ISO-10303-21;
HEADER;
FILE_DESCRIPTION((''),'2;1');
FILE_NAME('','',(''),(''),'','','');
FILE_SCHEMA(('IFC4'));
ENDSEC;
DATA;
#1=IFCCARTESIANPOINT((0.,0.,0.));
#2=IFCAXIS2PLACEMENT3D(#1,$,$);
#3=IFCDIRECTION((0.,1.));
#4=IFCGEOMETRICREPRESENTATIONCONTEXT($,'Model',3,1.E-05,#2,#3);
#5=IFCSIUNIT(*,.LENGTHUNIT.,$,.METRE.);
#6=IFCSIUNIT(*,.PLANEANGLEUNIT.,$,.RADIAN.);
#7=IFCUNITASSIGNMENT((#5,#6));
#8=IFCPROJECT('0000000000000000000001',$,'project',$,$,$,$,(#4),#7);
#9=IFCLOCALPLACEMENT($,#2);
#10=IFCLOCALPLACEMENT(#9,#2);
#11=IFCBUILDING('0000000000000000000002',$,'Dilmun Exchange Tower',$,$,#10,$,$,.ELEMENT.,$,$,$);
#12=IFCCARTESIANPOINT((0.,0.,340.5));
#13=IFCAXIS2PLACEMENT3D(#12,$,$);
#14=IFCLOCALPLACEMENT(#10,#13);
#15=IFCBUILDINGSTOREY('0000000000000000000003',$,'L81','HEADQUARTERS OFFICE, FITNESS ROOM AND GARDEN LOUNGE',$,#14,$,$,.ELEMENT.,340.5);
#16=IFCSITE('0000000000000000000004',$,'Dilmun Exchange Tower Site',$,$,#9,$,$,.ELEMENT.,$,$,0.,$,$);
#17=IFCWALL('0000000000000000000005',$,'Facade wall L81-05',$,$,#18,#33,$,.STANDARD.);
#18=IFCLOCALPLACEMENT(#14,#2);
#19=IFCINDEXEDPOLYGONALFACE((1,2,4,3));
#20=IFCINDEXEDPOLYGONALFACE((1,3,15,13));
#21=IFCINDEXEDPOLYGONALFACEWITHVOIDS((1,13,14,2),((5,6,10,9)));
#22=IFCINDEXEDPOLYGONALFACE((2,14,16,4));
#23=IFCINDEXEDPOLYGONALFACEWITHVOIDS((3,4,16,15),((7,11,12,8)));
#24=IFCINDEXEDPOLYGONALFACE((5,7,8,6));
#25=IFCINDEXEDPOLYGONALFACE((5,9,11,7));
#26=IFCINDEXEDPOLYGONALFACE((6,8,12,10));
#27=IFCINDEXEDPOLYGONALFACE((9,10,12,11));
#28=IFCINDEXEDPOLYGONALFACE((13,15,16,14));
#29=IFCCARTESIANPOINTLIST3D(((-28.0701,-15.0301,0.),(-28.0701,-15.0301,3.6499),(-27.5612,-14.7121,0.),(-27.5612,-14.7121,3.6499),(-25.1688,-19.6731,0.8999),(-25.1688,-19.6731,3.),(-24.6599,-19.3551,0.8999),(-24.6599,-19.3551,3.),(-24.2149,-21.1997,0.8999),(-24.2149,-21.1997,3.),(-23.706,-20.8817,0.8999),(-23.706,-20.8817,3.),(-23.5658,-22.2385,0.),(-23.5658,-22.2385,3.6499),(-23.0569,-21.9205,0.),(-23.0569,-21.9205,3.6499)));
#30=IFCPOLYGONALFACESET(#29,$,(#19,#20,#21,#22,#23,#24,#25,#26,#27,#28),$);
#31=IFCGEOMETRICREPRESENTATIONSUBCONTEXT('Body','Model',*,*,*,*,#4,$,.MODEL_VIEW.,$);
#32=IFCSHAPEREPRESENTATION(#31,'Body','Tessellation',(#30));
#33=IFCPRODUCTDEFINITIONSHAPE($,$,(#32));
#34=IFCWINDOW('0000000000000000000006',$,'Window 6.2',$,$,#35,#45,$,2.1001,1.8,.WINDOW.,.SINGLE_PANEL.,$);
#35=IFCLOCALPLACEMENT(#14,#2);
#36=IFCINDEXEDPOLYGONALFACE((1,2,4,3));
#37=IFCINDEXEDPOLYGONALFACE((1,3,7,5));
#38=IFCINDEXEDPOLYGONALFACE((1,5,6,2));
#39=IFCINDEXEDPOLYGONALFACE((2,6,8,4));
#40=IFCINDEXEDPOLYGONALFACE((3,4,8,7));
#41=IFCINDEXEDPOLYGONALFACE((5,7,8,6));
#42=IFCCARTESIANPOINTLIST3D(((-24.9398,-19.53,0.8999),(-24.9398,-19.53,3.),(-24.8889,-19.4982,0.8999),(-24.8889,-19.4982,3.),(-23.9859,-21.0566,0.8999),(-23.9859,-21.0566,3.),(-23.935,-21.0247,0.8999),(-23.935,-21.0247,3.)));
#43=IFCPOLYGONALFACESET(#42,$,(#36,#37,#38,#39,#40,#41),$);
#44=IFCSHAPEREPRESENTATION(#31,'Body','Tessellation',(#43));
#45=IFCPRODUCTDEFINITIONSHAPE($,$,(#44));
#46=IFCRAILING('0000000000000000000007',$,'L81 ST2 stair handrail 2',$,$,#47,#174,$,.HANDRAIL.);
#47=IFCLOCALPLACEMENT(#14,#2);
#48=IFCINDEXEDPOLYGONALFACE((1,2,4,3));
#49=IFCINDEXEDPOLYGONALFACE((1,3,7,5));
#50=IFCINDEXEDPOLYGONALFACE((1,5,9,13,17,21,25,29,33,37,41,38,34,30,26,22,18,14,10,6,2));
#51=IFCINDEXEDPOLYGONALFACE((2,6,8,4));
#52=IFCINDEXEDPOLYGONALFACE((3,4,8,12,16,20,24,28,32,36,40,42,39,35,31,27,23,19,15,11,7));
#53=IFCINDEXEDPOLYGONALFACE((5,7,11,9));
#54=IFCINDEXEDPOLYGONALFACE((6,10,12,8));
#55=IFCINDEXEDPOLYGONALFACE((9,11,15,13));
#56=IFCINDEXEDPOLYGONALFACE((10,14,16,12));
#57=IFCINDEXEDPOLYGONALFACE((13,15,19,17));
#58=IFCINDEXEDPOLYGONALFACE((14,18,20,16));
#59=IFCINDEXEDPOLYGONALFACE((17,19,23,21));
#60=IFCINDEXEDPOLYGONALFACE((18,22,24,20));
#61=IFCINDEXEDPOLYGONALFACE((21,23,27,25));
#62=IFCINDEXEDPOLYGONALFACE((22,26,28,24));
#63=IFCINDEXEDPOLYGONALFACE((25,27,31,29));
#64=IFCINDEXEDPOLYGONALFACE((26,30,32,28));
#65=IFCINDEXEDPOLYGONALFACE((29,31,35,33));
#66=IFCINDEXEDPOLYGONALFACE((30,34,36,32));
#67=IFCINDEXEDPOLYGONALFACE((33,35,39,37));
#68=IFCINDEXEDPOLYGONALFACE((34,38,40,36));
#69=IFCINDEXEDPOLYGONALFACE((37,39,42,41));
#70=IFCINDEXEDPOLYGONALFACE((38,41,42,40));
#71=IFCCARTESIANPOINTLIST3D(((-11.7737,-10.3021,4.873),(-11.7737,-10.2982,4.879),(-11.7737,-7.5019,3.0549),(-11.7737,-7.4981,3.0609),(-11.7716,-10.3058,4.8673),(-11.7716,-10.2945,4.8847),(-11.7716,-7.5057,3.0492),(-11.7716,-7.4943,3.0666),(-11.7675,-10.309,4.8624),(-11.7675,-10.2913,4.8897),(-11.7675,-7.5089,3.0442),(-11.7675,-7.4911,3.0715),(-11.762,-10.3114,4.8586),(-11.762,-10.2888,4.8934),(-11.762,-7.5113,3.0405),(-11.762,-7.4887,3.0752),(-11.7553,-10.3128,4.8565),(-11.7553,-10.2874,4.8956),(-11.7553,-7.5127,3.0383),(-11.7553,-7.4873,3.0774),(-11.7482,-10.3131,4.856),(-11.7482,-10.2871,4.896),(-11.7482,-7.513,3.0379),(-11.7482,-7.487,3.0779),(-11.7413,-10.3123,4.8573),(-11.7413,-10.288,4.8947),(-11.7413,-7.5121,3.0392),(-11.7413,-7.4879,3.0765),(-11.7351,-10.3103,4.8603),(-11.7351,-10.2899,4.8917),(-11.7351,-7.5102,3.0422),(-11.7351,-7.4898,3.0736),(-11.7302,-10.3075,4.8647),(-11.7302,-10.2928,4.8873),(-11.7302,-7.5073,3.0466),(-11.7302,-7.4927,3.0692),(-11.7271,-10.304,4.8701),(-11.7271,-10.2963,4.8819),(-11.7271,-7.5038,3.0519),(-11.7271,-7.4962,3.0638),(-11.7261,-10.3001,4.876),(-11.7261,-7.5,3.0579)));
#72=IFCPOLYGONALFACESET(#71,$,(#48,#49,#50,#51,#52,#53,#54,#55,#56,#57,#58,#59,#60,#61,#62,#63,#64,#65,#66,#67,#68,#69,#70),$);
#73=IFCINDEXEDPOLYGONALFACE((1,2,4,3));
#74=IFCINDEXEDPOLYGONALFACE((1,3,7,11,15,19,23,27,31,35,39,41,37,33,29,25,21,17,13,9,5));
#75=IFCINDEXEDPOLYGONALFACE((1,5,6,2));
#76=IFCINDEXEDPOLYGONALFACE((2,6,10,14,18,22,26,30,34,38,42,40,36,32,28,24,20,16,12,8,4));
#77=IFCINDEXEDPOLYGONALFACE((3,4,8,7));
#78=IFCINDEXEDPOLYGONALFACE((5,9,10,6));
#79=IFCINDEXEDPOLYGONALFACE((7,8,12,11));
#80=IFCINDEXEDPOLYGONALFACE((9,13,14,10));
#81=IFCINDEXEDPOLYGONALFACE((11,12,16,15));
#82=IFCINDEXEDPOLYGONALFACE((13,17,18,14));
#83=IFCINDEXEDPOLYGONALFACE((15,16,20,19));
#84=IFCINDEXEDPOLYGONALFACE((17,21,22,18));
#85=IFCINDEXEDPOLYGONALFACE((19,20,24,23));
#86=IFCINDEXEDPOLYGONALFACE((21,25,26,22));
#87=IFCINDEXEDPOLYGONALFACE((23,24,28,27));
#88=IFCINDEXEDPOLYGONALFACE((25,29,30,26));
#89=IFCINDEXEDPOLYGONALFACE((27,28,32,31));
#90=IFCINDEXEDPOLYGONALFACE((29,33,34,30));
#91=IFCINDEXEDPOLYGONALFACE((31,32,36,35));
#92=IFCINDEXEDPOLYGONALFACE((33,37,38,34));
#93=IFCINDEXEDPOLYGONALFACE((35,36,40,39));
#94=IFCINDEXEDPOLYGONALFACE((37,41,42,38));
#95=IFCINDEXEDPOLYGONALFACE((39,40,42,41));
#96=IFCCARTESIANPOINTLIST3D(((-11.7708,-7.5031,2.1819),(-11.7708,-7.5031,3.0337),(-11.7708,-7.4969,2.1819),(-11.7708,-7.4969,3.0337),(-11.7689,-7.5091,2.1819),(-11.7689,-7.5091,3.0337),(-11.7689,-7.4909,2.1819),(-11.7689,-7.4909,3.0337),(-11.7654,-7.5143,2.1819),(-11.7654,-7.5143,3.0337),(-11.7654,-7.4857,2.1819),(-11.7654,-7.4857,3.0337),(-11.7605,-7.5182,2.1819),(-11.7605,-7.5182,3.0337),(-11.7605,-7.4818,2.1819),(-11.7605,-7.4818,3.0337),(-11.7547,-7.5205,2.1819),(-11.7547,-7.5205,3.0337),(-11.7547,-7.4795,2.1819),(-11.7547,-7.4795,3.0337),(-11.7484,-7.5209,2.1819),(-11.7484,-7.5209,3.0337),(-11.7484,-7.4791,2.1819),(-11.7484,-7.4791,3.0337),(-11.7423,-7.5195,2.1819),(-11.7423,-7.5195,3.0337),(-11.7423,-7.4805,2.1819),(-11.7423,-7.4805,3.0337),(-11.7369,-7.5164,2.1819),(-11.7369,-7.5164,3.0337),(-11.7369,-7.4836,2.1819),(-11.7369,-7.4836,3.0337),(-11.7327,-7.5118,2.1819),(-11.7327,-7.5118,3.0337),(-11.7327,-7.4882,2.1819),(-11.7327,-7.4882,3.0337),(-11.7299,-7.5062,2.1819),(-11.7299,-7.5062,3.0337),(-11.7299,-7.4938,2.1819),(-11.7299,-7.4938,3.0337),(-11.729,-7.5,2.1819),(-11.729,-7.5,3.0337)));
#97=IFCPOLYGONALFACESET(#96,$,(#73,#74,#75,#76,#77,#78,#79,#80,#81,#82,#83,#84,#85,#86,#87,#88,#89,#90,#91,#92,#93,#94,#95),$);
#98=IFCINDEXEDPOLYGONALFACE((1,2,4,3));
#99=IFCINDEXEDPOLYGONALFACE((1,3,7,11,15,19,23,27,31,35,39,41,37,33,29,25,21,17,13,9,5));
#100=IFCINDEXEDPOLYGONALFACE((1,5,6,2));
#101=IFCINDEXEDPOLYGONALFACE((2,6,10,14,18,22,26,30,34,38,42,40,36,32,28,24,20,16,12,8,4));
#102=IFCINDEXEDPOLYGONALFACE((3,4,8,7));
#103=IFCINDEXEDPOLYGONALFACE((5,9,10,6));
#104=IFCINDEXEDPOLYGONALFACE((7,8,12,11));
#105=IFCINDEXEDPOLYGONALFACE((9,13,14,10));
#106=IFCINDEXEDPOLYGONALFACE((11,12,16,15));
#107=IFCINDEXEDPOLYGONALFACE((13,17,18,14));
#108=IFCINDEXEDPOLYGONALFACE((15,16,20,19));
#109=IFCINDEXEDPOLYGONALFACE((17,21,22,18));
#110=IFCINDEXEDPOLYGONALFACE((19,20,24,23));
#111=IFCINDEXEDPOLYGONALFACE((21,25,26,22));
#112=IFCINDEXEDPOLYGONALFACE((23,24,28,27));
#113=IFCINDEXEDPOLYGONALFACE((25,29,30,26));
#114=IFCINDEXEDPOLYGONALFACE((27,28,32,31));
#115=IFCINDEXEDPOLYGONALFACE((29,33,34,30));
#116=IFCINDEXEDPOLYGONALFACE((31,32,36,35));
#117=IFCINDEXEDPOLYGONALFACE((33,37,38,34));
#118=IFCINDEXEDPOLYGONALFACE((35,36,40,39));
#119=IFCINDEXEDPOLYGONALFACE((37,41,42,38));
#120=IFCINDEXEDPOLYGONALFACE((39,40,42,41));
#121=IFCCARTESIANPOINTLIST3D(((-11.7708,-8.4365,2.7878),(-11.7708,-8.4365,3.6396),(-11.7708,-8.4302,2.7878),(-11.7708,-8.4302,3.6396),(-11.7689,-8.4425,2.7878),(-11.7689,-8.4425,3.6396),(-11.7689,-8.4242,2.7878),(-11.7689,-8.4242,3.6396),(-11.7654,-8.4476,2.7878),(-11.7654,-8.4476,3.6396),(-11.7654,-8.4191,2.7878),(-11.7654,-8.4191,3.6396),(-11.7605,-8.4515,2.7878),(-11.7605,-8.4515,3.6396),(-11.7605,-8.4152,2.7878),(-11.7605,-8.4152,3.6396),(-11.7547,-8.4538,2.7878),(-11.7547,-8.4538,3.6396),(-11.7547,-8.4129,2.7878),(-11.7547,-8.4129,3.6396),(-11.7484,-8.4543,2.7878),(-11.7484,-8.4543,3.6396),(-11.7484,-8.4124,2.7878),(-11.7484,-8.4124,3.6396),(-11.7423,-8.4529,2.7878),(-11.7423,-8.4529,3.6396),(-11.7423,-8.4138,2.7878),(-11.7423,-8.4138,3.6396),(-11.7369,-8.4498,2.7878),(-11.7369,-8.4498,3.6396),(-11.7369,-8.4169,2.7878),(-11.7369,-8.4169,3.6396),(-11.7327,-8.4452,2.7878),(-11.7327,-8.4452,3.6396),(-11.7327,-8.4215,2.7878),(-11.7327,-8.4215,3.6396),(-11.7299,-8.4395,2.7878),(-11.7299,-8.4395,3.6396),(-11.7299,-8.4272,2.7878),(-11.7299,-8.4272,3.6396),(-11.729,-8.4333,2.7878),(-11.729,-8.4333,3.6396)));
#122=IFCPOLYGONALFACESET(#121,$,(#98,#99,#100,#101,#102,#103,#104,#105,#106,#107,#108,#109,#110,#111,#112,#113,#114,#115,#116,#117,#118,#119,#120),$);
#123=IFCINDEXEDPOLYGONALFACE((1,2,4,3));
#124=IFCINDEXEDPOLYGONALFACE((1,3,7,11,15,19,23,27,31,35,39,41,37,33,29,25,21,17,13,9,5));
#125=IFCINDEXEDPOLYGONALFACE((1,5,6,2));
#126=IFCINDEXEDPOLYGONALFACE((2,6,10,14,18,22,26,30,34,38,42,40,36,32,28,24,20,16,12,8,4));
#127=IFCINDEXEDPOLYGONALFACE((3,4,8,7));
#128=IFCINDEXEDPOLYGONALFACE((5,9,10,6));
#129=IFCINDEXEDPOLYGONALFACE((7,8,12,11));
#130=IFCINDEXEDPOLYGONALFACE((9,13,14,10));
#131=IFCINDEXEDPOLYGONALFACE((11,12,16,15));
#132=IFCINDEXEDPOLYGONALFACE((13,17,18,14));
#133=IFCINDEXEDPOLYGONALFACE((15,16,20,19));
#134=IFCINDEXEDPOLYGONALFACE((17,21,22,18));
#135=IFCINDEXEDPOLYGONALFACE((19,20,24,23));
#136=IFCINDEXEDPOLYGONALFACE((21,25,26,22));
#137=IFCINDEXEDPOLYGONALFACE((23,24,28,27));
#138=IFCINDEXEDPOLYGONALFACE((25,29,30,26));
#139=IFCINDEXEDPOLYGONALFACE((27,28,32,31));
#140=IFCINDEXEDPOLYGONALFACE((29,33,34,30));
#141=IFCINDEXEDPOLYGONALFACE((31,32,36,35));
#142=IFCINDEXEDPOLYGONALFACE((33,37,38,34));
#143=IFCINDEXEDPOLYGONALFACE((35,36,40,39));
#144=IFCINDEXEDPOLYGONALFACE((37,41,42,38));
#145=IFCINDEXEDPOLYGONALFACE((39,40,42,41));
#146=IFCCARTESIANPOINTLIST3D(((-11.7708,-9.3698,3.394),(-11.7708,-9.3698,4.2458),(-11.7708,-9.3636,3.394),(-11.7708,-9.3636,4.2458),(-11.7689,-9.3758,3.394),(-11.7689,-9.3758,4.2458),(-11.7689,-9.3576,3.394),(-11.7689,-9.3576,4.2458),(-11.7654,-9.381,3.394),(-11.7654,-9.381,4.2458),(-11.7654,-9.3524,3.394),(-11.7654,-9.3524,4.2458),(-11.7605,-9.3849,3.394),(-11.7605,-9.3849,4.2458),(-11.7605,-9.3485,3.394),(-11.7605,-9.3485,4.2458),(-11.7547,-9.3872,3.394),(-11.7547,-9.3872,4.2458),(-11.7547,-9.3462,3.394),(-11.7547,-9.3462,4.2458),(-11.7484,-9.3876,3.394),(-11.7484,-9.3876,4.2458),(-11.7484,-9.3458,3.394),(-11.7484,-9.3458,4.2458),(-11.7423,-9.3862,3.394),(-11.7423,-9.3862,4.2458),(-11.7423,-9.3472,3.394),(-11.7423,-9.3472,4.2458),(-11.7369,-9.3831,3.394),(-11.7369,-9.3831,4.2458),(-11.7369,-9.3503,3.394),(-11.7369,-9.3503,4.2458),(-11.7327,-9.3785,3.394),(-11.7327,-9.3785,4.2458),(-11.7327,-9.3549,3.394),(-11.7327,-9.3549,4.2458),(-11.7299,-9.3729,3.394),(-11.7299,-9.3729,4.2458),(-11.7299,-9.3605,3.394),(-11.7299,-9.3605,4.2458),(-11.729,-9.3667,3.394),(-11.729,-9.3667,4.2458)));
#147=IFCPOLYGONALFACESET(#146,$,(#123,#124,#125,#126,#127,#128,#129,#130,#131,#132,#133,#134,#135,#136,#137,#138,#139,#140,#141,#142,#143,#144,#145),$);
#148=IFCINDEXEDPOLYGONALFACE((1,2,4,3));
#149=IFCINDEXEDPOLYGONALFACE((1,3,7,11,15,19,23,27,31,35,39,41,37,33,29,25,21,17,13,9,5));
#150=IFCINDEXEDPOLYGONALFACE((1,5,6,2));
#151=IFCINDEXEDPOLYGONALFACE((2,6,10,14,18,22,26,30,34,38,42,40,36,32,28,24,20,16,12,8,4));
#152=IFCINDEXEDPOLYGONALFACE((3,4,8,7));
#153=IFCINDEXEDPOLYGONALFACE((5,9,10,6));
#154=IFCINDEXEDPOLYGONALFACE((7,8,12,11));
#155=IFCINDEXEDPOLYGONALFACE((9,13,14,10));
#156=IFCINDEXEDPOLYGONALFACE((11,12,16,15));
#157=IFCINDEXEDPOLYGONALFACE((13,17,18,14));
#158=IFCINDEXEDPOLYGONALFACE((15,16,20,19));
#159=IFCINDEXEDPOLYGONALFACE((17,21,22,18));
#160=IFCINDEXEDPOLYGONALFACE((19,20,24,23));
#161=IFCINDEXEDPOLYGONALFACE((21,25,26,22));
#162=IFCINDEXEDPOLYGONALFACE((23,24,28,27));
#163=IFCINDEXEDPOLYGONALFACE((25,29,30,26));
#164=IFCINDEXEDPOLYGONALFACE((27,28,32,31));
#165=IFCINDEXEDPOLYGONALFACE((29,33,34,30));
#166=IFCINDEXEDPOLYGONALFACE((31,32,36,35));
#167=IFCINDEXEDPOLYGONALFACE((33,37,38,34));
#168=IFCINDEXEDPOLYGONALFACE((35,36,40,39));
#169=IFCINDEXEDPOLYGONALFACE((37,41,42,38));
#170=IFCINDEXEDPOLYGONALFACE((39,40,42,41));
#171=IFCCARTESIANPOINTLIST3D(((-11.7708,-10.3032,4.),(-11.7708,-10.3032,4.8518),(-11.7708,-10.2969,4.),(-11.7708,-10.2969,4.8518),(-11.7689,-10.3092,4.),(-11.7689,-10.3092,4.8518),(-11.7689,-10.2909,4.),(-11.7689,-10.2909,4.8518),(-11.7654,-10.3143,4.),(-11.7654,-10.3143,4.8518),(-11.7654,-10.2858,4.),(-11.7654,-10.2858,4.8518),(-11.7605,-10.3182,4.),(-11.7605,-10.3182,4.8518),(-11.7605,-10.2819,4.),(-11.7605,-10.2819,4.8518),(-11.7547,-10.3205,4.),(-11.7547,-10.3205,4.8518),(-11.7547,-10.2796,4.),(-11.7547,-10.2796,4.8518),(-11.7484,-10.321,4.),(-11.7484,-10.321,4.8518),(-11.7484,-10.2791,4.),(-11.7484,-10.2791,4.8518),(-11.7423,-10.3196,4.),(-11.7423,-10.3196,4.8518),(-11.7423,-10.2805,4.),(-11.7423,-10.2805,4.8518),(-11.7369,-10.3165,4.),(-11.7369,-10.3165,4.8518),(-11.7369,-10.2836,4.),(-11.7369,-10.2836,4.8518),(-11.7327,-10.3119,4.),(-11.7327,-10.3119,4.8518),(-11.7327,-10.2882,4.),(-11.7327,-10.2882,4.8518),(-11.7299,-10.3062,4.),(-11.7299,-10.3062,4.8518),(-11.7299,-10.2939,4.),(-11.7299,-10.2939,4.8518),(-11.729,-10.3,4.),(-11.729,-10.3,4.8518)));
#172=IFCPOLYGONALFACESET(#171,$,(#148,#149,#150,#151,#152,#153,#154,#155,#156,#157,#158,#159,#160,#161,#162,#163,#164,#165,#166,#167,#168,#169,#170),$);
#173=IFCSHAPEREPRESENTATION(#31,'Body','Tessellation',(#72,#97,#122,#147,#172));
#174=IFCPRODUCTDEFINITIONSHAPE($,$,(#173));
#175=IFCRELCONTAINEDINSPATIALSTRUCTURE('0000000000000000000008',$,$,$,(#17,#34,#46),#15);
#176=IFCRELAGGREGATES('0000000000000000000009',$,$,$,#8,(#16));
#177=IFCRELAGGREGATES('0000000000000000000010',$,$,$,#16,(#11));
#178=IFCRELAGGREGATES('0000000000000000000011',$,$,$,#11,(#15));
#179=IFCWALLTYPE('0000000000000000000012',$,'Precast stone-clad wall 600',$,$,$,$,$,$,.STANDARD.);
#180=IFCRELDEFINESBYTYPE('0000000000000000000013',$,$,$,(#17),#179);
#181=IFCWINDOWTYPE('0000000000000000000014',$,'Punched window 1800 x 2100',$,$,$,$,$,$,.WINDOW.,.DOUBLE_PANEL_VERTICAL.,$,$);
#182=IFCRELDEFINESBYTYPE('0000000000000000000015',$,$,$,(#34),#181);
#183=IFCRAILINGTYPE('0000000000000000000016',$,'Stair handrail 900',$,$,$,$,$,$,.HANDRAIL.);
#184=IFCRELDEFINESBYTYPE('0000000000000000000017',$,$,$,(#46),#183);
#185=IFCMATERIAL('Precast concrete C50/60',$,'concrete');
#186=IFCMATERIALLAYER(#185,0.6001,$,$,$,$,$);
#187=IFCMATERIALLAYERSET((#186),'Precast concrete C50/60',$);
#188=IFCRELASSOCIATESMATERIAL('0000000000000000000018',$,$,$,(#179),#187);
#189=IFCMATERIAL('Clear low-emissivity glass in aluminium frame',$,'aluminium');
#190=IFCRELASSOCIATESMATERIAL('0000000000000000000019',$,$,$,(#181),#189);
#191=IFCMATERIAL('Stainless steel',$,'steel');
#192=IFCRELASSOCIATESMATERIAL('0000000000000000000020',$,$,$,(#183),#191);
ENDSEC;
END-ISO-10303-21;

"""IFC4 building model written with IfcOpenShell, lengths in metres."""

from ifc_helpers import new_model, si_unit, direction, frame, frame_2d, origin, origin_2d, place, context, subcontext, project, spatial, rectangle, circle, extrude, material, layer, layer_set, type_object, element, fill, save


model = new_model("IFC4")

# Units and contexts
model_context = context("Model", 3, precision=1e-05, world=origin(), true_north=direction((0.0, 1.0)))
body_context = subcontext(model_context, "Body", "Model", "MODEL_VIEW")
ifc_project = project(units=[si_unit("LENGTHUNIT", "METRE"), si_unit("PLANEANGLEUNIT", "RADIAN")], contexts=[model_context])

# Site, building, storey
site_placement = place(None, origin())
site = spatial("IfcSite", under=ifc_project, at=site_placement, Name="Dilmun Exchange Tower Site", CompositionType="ELEMENT", RefElevation=0.0)
building_placement = place(site_placement, origin())
building = spatial("IfcBuilding", under=site, at=building_placement, Name="Dilmun Exchange Tower", CompositionType="ELEMENT")
storey_placement = place(building_placement, frame((0.0, 0.0, 340.5)))
storey = spatial("IfcBuildingStorey", under=building, at=storey_placement, Name="L81", Description="HEADQUARTERS OFFICE, FITNESS ROOM AND GARDEN LOUNGE", CompositionType="ELEMENT", Elevation=340.5)

# Wall, opening, window
ifc_material_1 = material(Name="Precast concrete C50/60", Category="concrete")
ifc_layer_1 = layer(ifc_material_1, 0.6001)
ifc_layer_set_1 = layer_set([ifc_layer_1], Name="Precast concrete C50/60")
wall_type_1 = type_object("IfcWallType", Name="Precast stone-clad wall 600", PredefinedType="STANDARD", material=ifc_layer_set_1)
wall_1_placement = place(storey_placement, frame((-27.8157, -14.8711, 0.0), z_axis=(0.0, 0.0, 1.0), x_axis=(0.529921, -0.848047, 0.0)))
wall_1 = element("IfcWall", 1, at=wall_1_placement, inside=storey, type_object=wall_type_1, Name="Facade wall L81-05", PredefinedType="STANDARD", context=body_context, shape_type="SweptSolid", body=[
    extrude(rectangle(XDim=8.5, YDim=0.6001, at=frame_2d((4.25, 0.0))), origin(), (0.0, 0.0, 1.0), 3.6499),
])
opening_1_placement = place(wall_1_placement, frame((5.4751, 0.0, 0.8999)))
opening_1 = element("IfcOpeningElement", 2, at=opening_1_placement, cuts=wall_1, PredefinedType="OPENING", context=body_context, shape_type="SweptSolid", body=[
    extrude(rectangle(XDim=1.8, YDim=2.1001, at=frame_2d((0.8999, 1.05))), frame((0.0, 0.3101, 0.0), z_axis=(0.0, -1.0, 0.0), x_axis=(1.0, 0.0, 0.0)), (0.0, 0.0, 1.0), 0.6201),
])
ifc_material_2 = material(Name="Clear low-emissivity glass in aluminium frame", Category="aluminium")
window_type = type_object("IfcWindowType", Name="Punched window 1800 x 2100", PartitioningType="DOUBLE_PANEL_VERTICAL", PredefinedType="WINDOW", material=ifc_material_2)
window_placement = place(opening_1_placement, origin())
window = element("IfcWindow", 3, at=window_placement, inside=storey, type_object=window_type, Name="Window 6.2", OverallHeight=2.1001, OverallWidth=1.8, PartitioningType="SINGLE_PANEL", PredefinedType="WINDOW", context=body_context, shape_type="SweptSolid", body=[
    extrude(rectangle(XDim=1.8, YDim=2.1001, at=frame_2d((0.8999, 1.05))), frame((0.0, 0.03, 0.0), z_axis=(0.0, -1.0, 0.0), x_axis=(1.0, 0.0, 0.0)), (0.0, 0.0, 1.0), 0.0601),
])
fill(opening_1, window)

# Railing
ifc_material_3 = material(Name="Stainless steel", Category="steel")
railing_type = type_object("IfcRailingType", Name="Stair handrail 900", PredefinedType="HANDRAIL", material=ifc_material_3)
railing_placement = place(storey_placement, frame((-11.75, -7.5, 2.1819)))
element("IfcRailing", 4, at=railing_placement, inside=storey, type_object=railing_type, Name="L81 ST2 stair handrail 2", PredefinedType="HANDRAIL", context=body_context, shape_type="SweptSolid", body=[
    extrude(circle(Radius=0.0239, at=origin_2d()), frame((0.0, 0.0, 0.876), z_axis=(0.0, -0.838706, 0.544585), x_axis=(1.0, 0.0, 0.0)), (0.0, 0.0, 1.0), 3.3386),
    extrude(circle(Radius=0.021, at=origin_2d()), origin(), (0.0, 0.0, 1.0), 0.8518),
    extrude(circle(Radius=0.021, at=origin_2d()), frame((0.0, -0.9333, 0.606)), (0.0, 0.0, 1.0), 0.8518),
    extrude(circle(Radius=0.021, at=origin_2d()), frame((0.0, -1.8667, 1.2122)), (0.0, 0.0, 1.0), 0.8518),
    extrude(circle(Radius=0.021, at=origin_2d()), frame((0.0, -2.8, 1.8181)), (0.0, 0.0, 1.0), 0.8518),
])

save(model, "model.ifc")
